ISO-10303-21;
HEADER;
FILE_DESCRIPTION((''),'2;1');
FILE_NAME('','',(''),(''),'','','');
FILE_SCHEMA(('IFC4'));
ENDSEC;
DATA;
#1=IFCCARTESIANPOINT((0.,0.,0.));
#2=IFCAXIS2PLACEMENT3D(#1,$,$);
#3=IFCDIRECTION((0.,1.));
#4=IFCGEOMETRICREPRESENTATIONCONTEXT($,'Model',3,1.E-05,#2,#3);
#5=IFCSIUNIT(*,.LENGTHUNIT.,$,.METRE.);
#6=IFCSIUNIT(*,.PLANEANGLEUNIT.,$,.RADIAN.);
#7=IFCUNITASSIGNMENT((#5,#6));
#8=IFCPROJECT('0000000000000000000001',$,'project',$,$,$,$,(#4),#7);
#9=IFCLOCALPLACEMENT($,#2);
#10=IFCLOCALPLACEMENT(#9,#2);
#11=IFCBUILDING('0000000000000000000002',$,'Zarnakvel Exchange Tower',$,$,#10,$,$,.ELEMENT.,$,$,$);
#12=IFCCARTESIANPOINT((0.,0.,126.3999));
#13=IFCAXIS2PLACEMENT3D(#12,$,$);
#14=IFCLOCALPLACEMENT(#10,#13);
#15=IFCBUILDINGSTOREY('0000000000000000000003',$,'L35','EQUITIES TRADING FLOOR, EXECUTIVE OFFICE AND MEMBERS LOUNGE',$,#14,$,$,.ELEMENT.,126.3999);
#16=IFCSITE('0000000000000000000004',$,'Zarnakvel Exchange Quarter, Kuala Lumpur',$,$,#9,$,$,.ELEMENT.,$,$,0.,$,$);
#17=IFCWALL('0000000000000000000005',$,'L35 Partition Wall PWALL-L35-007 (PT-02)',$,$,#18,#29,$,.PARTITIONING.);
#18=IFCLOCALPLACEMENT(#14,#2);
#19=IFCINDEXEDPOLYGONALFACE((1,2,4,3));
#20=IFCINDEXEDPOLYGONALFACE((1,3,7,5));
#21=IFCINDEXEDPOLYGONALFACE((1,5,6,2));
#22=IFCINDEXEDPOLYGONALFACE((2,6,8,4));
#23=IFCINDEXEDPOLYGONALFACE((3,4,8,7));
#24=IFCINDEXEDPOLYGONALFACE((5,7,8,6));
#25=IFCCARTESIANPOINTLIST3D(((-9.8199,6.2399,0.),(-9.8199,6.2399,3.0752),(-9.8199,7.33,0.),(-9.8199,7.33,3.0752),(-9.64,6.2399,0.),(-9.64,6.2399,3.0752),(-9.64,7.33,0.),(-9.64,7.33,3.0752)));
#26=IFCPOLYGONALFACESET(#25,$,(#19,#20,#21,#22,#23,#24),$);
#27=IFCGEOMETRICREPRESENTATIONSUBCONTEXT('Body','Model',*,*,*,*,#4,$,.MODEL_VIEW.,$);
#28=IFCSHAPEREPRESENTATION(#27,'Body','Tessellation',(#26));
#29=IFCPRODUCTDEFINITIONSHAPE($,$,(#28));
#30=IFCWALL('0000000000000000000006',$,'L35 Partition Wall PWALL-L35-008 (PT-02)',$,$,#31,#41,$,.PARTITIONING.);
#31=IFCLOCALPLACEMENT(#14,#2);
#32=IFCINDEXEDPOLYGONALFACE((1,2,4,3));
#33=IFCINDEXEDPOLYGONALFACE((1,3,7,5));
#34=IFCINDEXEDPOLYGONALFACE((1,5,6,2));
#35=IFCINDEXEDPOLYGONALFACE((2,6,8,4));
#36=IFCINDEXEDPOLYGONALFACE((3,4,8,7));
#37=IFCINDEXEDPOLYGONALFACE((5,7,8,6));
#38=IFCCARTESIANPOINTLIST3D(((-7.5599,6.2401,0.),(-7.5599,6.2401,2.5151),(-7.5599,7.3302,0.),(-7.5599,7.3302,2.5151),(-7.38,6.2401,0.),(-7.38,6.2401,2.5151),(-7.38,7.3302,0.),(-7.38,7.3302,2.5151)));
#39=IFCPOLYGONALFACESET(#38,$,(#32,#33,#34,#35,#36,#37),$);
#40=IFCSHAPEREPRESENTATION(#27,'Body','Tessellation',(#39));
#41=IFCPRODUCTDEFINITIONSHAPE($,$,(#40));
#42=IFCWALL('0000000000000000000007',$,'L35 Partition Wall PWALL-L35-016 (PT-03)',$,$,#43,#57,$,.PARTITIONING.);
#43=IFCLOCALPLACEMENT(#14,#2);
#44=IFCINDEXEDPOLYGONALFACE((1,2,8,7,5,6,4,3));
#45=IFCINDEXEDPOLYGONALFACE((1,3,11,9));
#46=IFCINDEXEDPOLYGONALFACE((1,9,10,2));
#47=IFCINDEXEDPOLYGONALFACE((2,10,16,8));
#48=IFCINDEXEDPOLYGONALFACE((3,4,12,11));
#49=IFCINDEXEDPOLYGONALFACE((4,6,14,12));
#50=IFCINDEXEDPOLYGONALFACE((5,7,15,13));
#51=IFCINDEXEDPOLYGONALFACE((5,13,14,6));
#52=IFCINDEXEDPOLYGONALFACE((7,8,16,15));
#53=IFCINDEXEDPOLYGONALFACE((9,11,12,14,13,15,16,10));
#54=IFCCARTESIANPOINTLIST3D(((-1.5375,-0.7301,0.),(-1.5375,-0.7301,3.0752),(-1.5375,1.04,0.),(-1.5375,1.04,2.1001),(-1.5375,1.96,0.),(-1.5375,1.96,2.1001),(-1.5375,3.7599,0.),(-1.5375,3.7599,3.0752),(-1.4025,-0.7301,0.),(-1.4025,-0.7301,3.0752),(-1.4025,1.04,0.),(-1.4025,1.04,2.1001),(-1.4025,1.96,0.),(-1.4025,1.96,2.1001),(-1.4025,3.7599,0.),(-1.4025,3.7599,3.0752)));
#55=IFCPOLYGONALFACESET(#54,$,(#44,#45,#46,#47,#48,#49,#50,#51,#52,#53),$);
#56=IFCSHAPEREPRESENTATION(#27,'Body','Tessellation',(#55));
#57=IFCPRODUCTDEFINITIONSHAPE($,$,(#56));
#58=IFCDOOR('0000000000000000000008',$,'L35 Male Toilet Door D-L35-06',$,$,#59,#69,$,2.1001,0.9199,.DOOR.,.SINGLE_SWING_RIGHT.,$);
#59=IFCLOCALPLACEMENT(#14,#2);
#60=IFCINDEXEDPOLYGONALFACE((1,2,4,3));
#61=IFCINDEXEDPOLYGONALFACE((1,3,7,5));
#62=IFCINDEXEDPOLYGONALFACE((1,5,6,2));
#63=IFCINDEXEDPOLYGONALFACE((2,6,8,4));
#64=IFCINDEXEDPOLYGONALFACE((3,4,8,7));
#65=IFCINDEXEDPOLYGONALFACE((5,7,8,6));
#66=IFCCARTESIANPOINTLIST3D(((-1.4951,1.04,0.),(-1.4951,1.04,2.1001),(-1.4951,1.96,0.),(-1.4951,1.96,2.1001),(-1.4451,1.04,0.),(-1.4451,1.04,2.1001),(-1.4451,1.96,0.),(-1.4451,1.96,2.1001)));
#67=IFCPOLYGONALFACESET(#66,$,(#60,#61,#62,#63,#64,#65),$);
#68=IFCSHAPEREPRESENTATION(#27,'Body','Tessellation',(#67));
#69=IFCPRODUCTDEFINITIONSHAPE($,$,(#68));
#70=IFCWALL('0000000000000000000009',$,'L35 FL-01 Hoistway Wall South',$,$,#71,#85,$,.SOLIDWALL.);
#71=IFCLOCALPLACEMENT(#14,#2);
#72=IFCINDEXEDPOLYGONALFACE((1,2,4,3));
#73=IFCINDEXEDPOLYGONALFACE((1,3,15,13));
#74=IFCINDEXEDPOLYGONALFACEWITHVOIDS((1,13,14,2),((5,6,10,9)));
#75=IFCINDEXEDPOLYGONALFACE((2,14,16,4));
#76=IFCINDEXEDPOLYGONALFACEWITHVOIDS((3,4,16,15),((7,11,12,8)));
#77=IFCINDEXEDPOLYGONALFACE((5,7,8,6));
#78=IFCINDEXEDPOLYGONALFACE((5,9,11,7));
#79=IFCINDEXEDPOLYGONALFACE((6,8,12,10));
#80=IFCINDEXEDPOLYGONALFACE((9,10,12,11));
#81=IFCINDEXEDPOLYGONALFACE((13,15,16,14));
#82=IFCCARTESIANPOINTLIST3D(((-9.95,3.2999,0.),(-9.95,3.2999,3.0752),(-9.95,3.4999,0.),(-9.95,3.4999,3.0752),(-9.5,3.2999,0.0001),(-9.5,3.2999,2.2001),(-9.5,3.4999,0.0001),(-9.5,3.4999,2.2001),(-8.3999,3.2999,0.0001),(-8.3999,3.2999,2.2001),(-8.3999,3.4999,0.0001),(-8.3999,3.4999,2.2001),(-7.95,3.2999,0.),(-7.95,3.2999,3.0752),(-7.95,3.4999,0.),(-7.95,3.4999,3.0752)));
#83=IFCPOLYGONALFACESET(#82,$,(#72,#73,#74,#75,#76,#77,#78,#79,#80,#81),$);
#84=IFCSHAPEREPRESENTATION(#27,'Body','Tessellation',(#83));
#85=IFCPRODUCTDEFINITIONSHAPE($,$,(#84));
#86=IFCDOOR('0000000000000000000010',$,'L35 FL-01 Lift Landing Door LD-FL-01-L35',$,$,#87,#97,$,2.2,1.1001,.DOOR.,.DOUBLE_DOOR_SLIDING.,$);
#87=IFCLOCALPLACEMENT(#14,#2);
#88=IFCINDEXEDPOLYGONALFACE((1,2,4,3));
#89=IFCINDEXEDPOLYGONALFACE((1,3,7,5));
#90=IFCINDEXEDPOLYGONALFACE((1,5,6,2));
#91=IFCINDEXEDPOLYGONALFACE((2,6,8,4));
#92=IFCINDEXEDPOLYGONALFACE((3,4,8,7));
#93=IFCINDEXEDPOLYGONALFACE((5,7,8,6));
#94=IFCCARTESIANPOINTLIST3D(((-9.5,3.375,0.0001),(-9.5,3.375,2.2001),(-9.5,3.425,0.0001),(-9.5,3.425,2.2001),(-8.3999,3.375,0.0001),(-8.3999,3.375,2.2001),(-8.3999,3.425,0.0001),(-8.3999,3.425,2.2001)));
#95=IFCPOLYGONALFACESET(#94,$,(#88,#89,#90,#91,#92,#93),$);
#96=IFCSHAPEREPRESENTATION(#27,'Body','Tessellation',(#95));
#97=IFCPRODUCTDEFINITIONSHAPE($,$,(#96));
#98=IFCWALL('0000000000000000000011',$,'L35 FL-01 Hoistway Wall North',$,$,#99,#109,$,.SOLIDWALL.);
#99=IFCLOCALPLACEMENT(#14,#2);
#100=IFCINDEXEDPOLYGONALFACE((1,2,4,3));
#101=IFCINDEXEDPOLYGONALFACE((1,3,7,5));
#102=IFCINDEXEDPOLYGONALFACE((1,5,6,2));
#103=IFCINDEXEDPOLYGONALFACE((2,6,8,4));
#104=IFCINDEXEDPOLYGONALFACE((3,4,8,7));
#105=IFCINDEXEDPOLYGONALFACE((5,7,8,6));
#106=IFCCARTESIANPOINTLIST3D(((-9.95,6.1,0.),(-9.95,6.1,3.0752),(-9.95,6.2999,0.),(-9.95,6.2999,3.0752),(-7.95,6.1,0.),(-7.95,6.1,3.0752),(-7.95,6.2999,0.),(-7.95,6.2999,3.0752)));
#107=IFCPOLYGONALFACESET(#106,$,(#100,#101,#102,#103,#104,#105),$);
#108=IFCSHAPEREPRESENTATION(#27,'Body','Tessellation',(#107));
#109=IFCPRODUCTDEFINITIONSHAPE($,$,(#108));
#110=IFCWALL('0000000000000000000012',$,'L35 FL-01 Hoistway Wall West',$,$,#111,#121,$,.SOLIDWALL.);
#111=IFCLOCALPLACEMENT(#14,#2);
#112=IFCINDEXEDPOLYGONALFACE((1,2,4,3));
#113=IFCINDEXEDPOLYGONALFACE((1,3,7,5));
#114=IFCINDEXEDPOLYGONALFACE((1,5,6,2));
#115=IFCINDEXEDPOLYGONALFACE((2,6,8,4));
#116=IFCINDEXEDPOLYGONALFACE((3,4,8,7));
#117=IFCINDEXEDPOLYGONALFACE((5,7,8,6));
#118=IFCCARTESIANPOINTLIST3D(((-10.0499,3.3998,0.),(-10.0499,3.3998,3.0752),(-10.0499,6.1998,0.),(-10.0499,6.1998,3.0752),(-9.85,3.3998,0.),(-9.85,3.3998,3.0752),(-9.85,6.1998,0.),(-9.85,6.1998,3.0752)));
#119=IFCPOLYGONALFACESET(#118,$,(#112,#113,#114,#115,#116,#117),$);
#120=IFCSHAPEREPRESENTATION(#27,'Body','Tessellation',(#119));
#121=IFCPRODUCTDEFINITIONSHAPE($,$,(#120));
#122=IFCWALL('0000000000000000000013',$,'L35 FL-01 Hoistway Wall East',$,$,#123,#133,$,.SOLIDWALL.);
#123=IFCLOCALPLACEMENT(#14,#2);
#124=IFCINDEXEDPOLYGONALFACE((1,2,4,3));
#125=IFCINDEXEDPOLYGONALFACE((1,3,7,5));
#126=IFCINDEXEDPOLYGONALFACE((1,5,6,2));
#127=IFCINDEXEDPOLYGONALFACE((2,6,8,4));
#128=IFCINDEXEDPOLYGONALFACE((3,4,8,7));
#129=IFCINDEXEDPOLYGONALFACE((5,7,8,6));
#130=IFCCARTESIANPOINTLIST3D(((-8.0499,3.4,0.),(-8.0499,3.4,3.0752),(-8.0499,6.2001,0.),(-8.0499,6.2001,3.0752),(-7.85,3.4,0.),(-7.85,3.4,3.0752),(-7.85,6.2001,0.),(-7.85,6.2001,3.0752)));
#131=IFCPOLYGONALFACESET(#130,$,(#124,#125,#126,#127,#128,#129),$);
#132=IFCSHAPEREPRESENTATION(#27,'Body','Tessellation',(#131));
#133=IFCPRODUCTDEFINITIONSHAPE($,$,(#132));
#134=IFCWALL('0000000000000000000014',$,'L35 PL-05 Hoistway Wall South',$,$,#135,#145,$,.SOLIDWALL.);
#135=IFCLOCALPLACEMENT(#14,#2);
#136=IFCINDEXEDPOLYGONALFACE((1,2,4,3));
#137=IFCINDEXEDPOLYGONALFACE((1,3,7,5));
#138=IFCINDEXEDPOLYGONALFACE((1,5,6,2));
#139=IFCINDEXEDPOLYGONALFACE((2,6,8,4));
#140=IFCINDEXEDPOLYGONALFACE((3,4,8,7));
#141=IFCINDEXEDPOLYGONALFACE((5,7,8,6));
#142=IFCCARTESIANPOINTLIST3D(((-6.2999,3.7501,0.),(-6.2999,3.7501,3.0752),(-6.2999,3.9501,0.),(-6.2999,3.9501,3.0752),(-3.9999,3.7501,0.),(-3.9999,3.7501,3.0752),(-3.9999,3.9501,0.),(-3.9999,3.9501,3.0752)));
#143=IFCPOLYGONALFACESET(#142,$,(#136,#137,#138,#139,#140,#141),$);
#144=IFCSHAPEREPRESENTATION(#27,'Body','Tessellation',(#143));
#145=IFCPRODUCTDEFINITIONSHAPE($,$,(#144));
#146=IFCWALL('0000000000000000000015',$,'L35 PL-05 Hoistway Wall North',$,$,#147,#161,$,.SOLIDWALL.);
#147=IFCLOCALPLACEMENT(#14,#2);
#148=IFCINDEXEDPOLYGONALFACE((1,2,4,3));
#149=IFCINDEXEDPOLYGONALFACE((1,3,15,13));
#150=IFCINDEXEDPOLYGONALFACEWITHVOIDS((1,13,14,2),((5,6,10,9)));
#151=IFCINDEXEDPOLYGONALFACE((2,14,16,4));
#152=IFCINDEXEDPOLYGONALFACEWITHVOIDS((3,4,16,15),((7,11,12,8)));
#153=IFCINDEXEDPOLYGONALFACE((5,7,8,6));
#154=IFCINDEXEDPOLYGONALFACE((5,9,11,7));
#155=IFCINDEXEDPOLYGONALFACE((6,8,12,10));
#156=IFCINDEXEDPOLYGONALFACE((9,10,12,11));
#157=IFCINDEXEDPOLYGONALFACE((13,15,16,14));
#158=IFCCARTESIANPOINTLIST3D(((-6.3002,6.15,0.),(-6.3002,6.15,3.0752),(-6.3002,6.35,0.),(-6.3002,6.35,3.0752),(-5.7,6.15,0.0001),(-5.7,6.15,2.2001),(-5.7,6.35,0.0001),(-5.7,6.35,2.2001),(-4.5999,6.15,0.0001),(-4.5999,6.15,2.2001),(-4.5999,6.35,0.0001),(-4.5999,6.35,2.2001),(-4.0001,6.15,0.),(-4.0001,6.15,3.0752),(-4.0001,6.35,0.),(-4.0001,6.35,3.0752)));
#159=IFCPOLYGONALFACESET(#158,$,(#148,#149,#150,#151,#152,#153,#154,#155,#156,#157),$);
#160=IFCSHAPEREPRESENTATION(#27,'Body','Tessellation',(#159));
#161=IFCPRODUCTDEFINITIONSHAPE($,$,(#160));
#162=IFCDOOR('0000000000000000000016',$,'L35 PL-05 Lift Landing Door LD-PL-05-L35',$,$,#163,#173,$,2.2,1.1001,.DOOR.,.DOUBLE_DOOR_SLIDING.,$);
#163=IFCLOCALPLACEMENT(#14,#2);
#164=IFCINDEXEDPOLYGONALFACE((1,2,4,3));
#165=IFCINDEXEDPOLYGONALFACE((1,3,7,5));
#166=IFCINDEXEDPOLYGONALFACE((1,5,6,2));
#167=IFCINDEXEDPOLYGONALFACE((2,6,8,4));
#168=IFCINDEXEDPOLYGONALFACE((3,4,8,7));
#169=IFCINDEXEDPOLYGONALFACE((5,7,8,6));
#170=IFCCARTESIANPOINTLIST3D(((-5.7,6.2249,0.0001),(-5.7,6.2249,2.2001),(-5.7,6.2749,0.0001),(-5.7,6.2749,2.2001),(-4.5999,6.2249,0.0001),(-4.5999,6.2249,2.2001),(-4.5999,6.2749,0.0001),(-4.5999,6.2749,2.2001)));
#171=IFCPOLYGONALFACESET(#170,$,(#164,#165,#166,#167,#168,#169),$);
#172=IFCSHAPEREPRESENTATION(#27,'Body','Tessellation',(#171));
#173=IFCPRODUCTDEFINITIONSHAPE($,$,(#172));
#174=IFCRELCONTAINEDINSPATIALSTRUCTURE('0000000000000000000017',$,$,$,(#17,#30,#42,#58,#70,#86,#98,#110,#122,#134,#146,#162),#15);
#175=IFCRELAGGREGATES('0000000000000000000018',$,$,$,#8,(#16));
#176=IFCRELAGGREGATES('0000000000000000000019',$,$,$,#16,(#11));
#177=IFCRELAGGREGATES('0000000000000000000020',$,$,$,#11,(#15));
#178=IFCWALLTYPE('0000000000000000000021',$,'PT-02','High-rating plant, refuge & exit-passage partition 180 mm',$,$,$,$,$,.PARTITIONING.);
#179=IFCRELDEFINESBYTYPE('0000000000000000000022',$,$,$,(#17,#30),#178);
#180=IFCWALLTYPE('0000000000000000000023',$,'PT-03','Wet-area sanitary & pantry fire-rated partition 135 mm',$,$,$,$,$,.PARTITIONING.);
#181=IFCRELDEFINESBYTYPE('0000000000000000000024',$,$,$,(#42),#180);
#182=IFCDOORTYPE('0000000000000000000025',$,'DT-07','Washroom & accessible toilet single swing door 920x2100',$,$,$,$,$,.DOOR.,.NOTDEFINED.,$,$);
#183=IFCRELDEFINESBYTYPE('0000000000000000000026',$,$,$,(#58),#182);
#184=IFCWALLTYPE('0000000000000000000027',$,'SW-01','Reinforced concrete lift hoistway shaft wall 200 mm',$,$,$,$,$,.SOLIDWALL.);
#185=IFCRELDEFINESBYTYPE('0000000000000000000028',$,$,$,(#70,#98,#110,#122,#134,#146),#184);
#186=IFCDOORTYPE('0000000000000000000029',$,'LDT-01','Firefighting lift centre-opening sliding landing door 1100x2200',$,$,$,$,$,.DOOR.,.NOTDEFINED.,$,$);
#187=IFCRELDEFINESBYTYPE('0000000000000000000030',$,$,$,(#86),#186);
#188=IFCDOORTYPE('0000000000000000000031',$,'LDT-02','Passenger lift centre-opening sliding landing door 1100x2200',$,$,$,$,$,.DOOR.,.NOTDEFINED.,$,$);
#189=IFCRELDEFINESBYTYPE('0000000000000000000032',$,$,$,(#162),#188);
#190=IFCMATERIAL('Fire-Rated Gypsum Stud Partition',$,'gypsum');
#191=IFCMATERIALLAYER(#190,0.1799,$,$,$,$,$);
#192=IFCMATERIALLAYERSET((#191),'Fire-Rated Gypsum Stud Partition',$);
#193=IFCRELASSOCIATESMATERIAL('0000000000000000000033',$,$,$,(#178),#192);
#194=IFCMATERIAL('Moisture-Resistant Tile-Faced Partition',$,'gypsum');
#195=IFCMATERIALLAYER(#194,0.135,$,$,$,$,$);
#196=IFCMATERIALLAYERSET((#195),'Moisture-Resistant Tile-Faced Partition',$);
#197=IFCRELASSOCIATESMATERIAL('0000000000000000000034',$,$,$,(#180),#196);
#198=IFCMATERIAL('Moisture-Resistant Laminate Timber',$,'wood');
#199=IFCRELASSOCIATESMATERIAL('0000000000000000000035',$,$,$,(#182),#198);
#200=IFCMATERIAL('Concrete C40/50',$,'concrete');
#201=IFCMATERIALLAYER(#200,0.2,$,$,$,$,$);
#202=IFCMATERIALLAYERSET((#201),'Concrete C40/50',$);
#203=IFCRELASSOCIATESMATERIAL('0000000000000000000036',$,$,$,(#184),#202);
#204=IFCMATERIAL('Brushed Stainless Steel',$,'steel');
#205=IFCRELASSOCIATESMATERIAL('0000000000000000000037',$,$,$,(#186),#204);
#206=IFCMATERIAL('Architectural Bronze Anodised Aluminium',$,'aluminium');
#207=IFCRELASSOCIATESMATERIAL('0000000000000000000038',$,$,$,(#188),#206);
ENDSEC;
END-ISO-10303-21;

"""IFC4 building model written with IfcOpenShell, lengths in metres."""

from ifc_helpers import new_model, si_unit, direction, frame, frame_2d, origin, place, context, subcontext, project, spatial, rectangle, extrude, source, transform, mapped, material, layer, layer_set, type_object, element, fill, save


model = new_model("IFC4")

# Units and contexts
model_context = context("Model", 3, precision=1e-05, world=origin(), true_north=direction((0.0, 1.0)))
body_context = subcontext(model_context, "Body", "Model", "MODEL_VIEW")
ifc_project = project(units=[si_unit("LENGTHUNIT", "METRE"), si_unit("PLANEANGLEUNIT", "RADIAN")], contexts=[model_context])

# Site, building, storey
site_placement = place(None, origin())
site = spatial("IfcSite", under=ifc_project, at=site_placement, Name="Zarnakvel Exchange Quarter, Kuala Lumpur", CompositionType="ELEMENT", RefElevation=0.0)
building_placement = place(site_placement, origin())
building = spatial("IfcBuilding", under=site, at=building_placement, Name="Zarnakvel Exchange Tower", CompositionType="ELEMENT")
storey_placement = place(building_placement, frame((0.0, 0.0, 126.3999)))
storey = spatial("IfcBuildingStorey", under=building, at=storey_placement, Name="L35", Description="EQUITIES TRADING FLOOR, EXECUTIVE OFFICE AND MEMBERS LOUNGE", CompositionType="ELEMENT", Elevation=126.3999)

# Walls
ifc_material_1 = material(Name="Fire-Rated Gypsum Stud Partition", Category="gypsum")
ifc_layer_1 = layer(ifc_material_1, 0.1799)
ifc_layer_set_1 = layer_set([ifc_layer_1], Name="Fire-Rated Gypsum Stud Partition")
wall_type_1 = type_object("IfcWallType", Name="PT-02", Description="High-rating plant, refuge & exit-passage partition 180 mm", PredefinedType="PARTITIONING", material=ifc_layer_set_1)
wall_1_placement = place(storey_placement, frame((-9.73, 6.24, 0.0), z_axis=(0.0, 0.0, 1.0), x_axis=(0.0, 1.0, 0.0)))
element("IfcWall", 1, at=wall_1_placement, inside=storey, type_object=wall_type_1, Name="L35 Partition Wall PWALL-L35-007 (PT-02)", PredefinedType="PARTITIONING", context=body_context, shape_type="SweptSolid", body=[
    extrude(rectangle(XDim=1.0901, YDim=0.1799, at=frame_2d((0.5449, 0.0))), origin(), (0.0, 0.0, 1.0), 3.0752),
])
wall_2_placement = place(storey_placement, frame((-7.47, 7.3301, 0.0), z_axis=(0.0, 0.0, 1.0), x_axis=(0.0, -1.0, 0.0)))
element("IfcWall", 2, at=wall_2_placement, inside=storey, type_object=wall_type_1, Name="L35 Partition Wall PWALL-L35-008 (PT-02)", PredefinedType="PARTITIONING", context=body_context, shape_type="SweptSolid", body=[
    extrude(rectangle(XDim=1.0901, YDim=0.1799, at=frame_2d((0.5449, 0.0))), origin(), (0.0, 0.0, 1.0), 2.5151),
])

# Walls, openings, doors
ifc_material_2 = material(Name="Moisture-Resistant Tile-Faced Partition", Category="gypsum")
ifc_layer_2 = layer(ifc_material_2, 0.135)
ifc_layer_set_2 = layer_set([ifc_layer_2], Name="Moisture-Resistant Tile-Faced Partition")
wall_type_2 = type_object("IfcWallType", Name="PT-03", Description="Wet-area sanitary & pantry fire-rated partition 135 mm", PredefinedType="PARTITIONING", material=ifc_layer_set_2)
wall_3_placement = place(storey_placement, frame((-1.47, 3.76, 0.0), z_axis=(0.0, 0.0, 1.0), x_axis=(0.0, -1.0, 0.0)))
wall_3 = element("IfcWall", 3, at=wall_3_placement, inside=storey, type_object=wall_type_2, Name="L35 Partition Wall PWALL-L35-016 (PT-03)", PredefinedType="PARTITIONING", context=body_context, shape_type="SweptSolid", body=[
    extrude(rectangle(XDim=4.49, YDim=0.135, at=frame_2d((2.2451, 0.0))), origin(), (0.0, 0.0, 1.0), 3.0752),
])
opening_1_placement = place(wall_3_placement, frame((1.8, 0.0, 0.0)))
opening_1 = element("IfcOpeningElement", 4, at=opening_1_placement, cuts=wall_3, PredefinedType="OPENING", context=body_context, shape_type="SweptSolid", body=[
    extrude(rectangle(XDim=0.9199, YDim=2.1001, at=frame_2d((0.46, 1.05))), frame((0.0, 0.0774, 0.0), z_axis=(0.0, -1.0, 0.0), x_axis=(1.0, 0.0, 0.0)), (0.0, 0.0, 1.0), 0.155),
])
ifc_material_3 = material(Name="Moisture-Resistant Laminate Timber", Category="wood")
door_type_1 = type_object("IfcDoorType", Name="DT-07", Description="Washroom & accessible toilet single swing door 920x2100", OperationType="NOTDEFINED", PredefinedType="DOOR", material=ifc_material_3)
shared_shape_1 = source(origin(), body_context, "Body", "SweptSolid", [
    extrude(rectangle(XDim=0.9199, YDim=2.1001, at=frame_2d((0.46, 1.05))), frame((0.0, 0.0249, 0.0), z_axis=(0.0, -1.0, 0.0), x_axis=(1.0, 0.0, 0.0)), (0.0, 0.0, 1.0), 0.05),
])
door_1_placement = place(opening_1_placement, origin())
door_1 = element("IfcDoor", 5, at=door_1_placement, inside=storey, type_object=door_type_1, Name="L35 Male Toilet Door D-L35-06", OperationType="SINGLE_SWING_RIGHT", OverallHeight=2.1001, OverallWidth=0.9199, PredefinedType="DOOR", context=body_context, shape_type="MappedRepresentation", body=[
    mapped(shared_shape_1, transform((0.0, 0.0, 0.0), x_axis=(1.0, 0.0, 0.0), y_axis=(0.0, 1.0, 0.0), z_axis=(0.0, 0.0, 1.0), scale=1.0)),
])
fill(opening_1, door_1)
ifc_material_4 = material(Name="Concrete C40/50", Category="concrete")
ifc_layer_3 = layer(ifc_material_4, 0.2)
ifc_layer_set_3 = layer_set([ifc_layer_3], Name="Concrete C40/50")
wall_type_3 = type_object("IfcWallType", Name="SW-01", Description="Reinforced concrete lift hoistway shaft wall 200 mm", PredefinedType="SOLIDWALL", material=ifc_layer_set_3)
wall_4_placement = place(storey_placement, frame((-7.95, 3.3999, 0.0), z_axis=(0.0, 0.0, 1.0), x_axis=(-1.0, 0.0, 0.0)))
wall_4 = element("IfcWall", 6, at=wall_4_placement, inside=storey, type_object=wall_type_3, Name="L35 FL-01 Hoistway Wall South", PredefinedType="SOLIDWALL", context=body_context, shape_type="SweptSolid", body=[
    extrude(rectangle(XDim=2.0, YDim=0.2, at=frame_2d((1.0, 0.0))), origin(), (0.0, 0.0, 1.0), 3.0752),
])
opening_2_placement = place(wall_4_placement, frame((0.45, 0.0, 0.0)))
opening_2 = element("IfcOpeningElement", 7, at=opening_2_placement, cuts=wall_4, PredefinedType="OPENING", context=body_context, shape_type="SweptSolid", body=[
    extrude(rectangle(XDim=1.1001, YDim=2.2, at=frame_2d((0.55, 1.1001))), frame((0.0, 0.1099, 0.0), z_axis=(0.0, -1.0, 0.0), x_axis=(1.0, 0.0, 0.0)), (0.0, 0.0, 1.0), 0.22),
])
ifc_material_5 = material(Name="Brushed Stainless Steel", Category="steel")
door_type_2 = type_object("IfcDoorType", Name="LDT-01", Description="Firefighting lift centre-opening sliding landing door 1100x2200", OperationType="NOTDEFINED", PredefinedType="DOOR", material=ifc_material_5)
shared_shape_2 = source(origin(), body_context, "Body", "SweptSolid", [
    extrude(rectangle(XDim=1.1001, YDim=2.2, at=frame_2d((0.55, 1.1001))), frame((0.0, 0.0249, 0.0), z_axis=(0.0, -1.0, 0.0), x_axis=(1.0, 0.0, 0.0)), (0.0, 0.0, 1.0), 0.05),
])
door_2_placement = place(opening_2_placement, origin())
door_2 = element("IfcDoor", 8, at=door_2_placement, inside=storey, type_object=door_type_2, Name="L35 FL-01 Lift Landing Door LD-FL-01-L35", OperationType="DOUBLE_DOOR_SLIDING", OverallHeight=2.2, OverallWidth=1.1001, PredefinedType="DOOR", context=body_context, shape_type="MappedRepresentation", body=[
    mapped(shared_shape_2, transform((0.0, 0.0, 0.0), x_axis=(1.0, 0.0, 0.0), y_axis=(0.0, 1.0, 0.0), z_axis=(0.0, 0.0, 1.0), scale=1.0)),
])
fill(opening_2, door_2)

# Walls
wall_5_placement = place(storey_placement, frame((-9.95, 6.2, 0.0), z_axis=(0.0, 0.0, 1.0), x_axis=(1.0, 0.0, 0.0)))
element("IfcWall", 9, at=wall_5_placement, inside=storey, type_object=wall_type_3, Name="L35 FL-01 Hoistway Wall North", PredefinedType="SOLIDWALL", context=body_context, shape_type="SweptSolid", body=[
    extrude(rectangle(XDim=2.0, YDim=0.2, at=frame_2d((1.0, 0.0))), origin(), (0.0, 0.0, 1.0), 3.0752),
])
for number, where, z_axis, x_axis, name in (
    (10, (-9.95, 3.3999, 0.0), (0.0, 0.0, 1.0), (0.0, 1.0, 0.0), "L35 FL-01 Hoistway Wall West"),
    (11, (-7.95, 6.2, 0.0), (0.0, 0.0, 1.0), (0.0, -1.0, 0.0), "L35 FL-01 Hoistway Wall East"),
):
    element("IfcWall", number, at=place(storey_placement, frame(where, z_axis=z_axis, x_axis=x_axis)), inside=storey, type_object=wall_type_3, Name=name, PredefinedType="SOLIDWALL", context=body_context, shape_type="SweptSolid", body=[
        extrude(rectangle(XDim=2.8, YDim=0.2, at=frame_2d((1.3999, 0.0))), origin(), (0.0, 0.0, 1.0), 3.0752),
    ])
wall_6_placement = place(storey_placement, frame((-4.0, 3.8501, 0.0), z_axis=(0.0, 0.0, 1.0), x_axis=(-1.0, 0.0, 0.0)))
element("IfcWall", 12, at=wall_6_placement, inside=storey, type_object=wall_type_3, Name="L35 PL-05 Hoistway Wall South", PredefinedType="SOLIDWALL", context=body_context, shape_type="SweptSolid", body=[
    extrude(rectangle(XDim=2.3, YDim=0.2, at=frame_2d((1.1499, 0.0))), origin(), (0.0, 0.0, 1.0), 3.0752),
])

# Wall, opening, door
wall_7_placement = place(storey_placement, frame((-6.3, 6.25, 0.0), z_axis=(0.0, 0.0, 1.0), x_axis=(1.0, 0.0, 0.0)))
wall_7 = element("IfcWall", 13, at=wall_7_placement, inside=storey, type_object=wall_type_3, Name="L35 PL-05 Hoistway Wall North", PredefinedType="SOLIDWALL", context=body_context, shape_type="SweptSolid", body=[
    extrude(rectangle(XDim=2.3, YDim=0.2, at=frame_2d((1.1499, 0.0))), origin(), (0.0, 0.0, 1.0), 3.0752),
])
opening_3_placement = place(wall_7_placement, frame((0.6001, 0.0, 0.0)))
opening_3 = element("IfcOpeningElement", 14, at=opening_3_placement, cuts=wall_7, PredefinedType="OPENING", context=body_context, shape_type="SweptSolid", body=[
    extrude(rectangle(XDim=1.1001, YDim=2.2, at=frame_2d((0.55, 1.1001))), frame((0.0, 0.1099, 0.0), z_axis=(0.0, -1.0, 0.0), x_axis=(1.0, 0.0, 0.0)), (0.0, 0.0, 1.0), 0.22),
])
ifc_material_6 = material(Name="Architectural Bronze Anodised Aluminium", Category="aluminium")
door_type_3 = type_object("IfcDoorType", Name="LDT-02", Description="Passenger lift centre-opening sliding landing door 1100x2200", OperationType="NOTDEFINED", PredefinedType="DOOR", material=ifc_material_6)
door_3_placement = place(opening_3_placement, origin())
door_3 = element("IfcDoor", 15, at=door_3_placement, inside=storey, type_object=door_type_3, Name="L35 PL-05 Lift Landing Door LD-PL-05-L35", OperationType="DOUBLE_DOOR_SLIDING", OverallHeight=2.2, OverallWidth=1.1001, PredefinedType="DOOR", context=body_context, shape_type="MappedRepresentation", body=[
    mapped(shared_shape_2, transform((0.0, 0.0, 0.0), x_axis=(1.0, 0.0, 0.0), y_axis=(0.0, 1.0, 0.0), z_axis=(0.0, 0.0, 1.0), scale=1.0)),
])
fill(opening_3, door_3)

save(model, "model.ifc")
